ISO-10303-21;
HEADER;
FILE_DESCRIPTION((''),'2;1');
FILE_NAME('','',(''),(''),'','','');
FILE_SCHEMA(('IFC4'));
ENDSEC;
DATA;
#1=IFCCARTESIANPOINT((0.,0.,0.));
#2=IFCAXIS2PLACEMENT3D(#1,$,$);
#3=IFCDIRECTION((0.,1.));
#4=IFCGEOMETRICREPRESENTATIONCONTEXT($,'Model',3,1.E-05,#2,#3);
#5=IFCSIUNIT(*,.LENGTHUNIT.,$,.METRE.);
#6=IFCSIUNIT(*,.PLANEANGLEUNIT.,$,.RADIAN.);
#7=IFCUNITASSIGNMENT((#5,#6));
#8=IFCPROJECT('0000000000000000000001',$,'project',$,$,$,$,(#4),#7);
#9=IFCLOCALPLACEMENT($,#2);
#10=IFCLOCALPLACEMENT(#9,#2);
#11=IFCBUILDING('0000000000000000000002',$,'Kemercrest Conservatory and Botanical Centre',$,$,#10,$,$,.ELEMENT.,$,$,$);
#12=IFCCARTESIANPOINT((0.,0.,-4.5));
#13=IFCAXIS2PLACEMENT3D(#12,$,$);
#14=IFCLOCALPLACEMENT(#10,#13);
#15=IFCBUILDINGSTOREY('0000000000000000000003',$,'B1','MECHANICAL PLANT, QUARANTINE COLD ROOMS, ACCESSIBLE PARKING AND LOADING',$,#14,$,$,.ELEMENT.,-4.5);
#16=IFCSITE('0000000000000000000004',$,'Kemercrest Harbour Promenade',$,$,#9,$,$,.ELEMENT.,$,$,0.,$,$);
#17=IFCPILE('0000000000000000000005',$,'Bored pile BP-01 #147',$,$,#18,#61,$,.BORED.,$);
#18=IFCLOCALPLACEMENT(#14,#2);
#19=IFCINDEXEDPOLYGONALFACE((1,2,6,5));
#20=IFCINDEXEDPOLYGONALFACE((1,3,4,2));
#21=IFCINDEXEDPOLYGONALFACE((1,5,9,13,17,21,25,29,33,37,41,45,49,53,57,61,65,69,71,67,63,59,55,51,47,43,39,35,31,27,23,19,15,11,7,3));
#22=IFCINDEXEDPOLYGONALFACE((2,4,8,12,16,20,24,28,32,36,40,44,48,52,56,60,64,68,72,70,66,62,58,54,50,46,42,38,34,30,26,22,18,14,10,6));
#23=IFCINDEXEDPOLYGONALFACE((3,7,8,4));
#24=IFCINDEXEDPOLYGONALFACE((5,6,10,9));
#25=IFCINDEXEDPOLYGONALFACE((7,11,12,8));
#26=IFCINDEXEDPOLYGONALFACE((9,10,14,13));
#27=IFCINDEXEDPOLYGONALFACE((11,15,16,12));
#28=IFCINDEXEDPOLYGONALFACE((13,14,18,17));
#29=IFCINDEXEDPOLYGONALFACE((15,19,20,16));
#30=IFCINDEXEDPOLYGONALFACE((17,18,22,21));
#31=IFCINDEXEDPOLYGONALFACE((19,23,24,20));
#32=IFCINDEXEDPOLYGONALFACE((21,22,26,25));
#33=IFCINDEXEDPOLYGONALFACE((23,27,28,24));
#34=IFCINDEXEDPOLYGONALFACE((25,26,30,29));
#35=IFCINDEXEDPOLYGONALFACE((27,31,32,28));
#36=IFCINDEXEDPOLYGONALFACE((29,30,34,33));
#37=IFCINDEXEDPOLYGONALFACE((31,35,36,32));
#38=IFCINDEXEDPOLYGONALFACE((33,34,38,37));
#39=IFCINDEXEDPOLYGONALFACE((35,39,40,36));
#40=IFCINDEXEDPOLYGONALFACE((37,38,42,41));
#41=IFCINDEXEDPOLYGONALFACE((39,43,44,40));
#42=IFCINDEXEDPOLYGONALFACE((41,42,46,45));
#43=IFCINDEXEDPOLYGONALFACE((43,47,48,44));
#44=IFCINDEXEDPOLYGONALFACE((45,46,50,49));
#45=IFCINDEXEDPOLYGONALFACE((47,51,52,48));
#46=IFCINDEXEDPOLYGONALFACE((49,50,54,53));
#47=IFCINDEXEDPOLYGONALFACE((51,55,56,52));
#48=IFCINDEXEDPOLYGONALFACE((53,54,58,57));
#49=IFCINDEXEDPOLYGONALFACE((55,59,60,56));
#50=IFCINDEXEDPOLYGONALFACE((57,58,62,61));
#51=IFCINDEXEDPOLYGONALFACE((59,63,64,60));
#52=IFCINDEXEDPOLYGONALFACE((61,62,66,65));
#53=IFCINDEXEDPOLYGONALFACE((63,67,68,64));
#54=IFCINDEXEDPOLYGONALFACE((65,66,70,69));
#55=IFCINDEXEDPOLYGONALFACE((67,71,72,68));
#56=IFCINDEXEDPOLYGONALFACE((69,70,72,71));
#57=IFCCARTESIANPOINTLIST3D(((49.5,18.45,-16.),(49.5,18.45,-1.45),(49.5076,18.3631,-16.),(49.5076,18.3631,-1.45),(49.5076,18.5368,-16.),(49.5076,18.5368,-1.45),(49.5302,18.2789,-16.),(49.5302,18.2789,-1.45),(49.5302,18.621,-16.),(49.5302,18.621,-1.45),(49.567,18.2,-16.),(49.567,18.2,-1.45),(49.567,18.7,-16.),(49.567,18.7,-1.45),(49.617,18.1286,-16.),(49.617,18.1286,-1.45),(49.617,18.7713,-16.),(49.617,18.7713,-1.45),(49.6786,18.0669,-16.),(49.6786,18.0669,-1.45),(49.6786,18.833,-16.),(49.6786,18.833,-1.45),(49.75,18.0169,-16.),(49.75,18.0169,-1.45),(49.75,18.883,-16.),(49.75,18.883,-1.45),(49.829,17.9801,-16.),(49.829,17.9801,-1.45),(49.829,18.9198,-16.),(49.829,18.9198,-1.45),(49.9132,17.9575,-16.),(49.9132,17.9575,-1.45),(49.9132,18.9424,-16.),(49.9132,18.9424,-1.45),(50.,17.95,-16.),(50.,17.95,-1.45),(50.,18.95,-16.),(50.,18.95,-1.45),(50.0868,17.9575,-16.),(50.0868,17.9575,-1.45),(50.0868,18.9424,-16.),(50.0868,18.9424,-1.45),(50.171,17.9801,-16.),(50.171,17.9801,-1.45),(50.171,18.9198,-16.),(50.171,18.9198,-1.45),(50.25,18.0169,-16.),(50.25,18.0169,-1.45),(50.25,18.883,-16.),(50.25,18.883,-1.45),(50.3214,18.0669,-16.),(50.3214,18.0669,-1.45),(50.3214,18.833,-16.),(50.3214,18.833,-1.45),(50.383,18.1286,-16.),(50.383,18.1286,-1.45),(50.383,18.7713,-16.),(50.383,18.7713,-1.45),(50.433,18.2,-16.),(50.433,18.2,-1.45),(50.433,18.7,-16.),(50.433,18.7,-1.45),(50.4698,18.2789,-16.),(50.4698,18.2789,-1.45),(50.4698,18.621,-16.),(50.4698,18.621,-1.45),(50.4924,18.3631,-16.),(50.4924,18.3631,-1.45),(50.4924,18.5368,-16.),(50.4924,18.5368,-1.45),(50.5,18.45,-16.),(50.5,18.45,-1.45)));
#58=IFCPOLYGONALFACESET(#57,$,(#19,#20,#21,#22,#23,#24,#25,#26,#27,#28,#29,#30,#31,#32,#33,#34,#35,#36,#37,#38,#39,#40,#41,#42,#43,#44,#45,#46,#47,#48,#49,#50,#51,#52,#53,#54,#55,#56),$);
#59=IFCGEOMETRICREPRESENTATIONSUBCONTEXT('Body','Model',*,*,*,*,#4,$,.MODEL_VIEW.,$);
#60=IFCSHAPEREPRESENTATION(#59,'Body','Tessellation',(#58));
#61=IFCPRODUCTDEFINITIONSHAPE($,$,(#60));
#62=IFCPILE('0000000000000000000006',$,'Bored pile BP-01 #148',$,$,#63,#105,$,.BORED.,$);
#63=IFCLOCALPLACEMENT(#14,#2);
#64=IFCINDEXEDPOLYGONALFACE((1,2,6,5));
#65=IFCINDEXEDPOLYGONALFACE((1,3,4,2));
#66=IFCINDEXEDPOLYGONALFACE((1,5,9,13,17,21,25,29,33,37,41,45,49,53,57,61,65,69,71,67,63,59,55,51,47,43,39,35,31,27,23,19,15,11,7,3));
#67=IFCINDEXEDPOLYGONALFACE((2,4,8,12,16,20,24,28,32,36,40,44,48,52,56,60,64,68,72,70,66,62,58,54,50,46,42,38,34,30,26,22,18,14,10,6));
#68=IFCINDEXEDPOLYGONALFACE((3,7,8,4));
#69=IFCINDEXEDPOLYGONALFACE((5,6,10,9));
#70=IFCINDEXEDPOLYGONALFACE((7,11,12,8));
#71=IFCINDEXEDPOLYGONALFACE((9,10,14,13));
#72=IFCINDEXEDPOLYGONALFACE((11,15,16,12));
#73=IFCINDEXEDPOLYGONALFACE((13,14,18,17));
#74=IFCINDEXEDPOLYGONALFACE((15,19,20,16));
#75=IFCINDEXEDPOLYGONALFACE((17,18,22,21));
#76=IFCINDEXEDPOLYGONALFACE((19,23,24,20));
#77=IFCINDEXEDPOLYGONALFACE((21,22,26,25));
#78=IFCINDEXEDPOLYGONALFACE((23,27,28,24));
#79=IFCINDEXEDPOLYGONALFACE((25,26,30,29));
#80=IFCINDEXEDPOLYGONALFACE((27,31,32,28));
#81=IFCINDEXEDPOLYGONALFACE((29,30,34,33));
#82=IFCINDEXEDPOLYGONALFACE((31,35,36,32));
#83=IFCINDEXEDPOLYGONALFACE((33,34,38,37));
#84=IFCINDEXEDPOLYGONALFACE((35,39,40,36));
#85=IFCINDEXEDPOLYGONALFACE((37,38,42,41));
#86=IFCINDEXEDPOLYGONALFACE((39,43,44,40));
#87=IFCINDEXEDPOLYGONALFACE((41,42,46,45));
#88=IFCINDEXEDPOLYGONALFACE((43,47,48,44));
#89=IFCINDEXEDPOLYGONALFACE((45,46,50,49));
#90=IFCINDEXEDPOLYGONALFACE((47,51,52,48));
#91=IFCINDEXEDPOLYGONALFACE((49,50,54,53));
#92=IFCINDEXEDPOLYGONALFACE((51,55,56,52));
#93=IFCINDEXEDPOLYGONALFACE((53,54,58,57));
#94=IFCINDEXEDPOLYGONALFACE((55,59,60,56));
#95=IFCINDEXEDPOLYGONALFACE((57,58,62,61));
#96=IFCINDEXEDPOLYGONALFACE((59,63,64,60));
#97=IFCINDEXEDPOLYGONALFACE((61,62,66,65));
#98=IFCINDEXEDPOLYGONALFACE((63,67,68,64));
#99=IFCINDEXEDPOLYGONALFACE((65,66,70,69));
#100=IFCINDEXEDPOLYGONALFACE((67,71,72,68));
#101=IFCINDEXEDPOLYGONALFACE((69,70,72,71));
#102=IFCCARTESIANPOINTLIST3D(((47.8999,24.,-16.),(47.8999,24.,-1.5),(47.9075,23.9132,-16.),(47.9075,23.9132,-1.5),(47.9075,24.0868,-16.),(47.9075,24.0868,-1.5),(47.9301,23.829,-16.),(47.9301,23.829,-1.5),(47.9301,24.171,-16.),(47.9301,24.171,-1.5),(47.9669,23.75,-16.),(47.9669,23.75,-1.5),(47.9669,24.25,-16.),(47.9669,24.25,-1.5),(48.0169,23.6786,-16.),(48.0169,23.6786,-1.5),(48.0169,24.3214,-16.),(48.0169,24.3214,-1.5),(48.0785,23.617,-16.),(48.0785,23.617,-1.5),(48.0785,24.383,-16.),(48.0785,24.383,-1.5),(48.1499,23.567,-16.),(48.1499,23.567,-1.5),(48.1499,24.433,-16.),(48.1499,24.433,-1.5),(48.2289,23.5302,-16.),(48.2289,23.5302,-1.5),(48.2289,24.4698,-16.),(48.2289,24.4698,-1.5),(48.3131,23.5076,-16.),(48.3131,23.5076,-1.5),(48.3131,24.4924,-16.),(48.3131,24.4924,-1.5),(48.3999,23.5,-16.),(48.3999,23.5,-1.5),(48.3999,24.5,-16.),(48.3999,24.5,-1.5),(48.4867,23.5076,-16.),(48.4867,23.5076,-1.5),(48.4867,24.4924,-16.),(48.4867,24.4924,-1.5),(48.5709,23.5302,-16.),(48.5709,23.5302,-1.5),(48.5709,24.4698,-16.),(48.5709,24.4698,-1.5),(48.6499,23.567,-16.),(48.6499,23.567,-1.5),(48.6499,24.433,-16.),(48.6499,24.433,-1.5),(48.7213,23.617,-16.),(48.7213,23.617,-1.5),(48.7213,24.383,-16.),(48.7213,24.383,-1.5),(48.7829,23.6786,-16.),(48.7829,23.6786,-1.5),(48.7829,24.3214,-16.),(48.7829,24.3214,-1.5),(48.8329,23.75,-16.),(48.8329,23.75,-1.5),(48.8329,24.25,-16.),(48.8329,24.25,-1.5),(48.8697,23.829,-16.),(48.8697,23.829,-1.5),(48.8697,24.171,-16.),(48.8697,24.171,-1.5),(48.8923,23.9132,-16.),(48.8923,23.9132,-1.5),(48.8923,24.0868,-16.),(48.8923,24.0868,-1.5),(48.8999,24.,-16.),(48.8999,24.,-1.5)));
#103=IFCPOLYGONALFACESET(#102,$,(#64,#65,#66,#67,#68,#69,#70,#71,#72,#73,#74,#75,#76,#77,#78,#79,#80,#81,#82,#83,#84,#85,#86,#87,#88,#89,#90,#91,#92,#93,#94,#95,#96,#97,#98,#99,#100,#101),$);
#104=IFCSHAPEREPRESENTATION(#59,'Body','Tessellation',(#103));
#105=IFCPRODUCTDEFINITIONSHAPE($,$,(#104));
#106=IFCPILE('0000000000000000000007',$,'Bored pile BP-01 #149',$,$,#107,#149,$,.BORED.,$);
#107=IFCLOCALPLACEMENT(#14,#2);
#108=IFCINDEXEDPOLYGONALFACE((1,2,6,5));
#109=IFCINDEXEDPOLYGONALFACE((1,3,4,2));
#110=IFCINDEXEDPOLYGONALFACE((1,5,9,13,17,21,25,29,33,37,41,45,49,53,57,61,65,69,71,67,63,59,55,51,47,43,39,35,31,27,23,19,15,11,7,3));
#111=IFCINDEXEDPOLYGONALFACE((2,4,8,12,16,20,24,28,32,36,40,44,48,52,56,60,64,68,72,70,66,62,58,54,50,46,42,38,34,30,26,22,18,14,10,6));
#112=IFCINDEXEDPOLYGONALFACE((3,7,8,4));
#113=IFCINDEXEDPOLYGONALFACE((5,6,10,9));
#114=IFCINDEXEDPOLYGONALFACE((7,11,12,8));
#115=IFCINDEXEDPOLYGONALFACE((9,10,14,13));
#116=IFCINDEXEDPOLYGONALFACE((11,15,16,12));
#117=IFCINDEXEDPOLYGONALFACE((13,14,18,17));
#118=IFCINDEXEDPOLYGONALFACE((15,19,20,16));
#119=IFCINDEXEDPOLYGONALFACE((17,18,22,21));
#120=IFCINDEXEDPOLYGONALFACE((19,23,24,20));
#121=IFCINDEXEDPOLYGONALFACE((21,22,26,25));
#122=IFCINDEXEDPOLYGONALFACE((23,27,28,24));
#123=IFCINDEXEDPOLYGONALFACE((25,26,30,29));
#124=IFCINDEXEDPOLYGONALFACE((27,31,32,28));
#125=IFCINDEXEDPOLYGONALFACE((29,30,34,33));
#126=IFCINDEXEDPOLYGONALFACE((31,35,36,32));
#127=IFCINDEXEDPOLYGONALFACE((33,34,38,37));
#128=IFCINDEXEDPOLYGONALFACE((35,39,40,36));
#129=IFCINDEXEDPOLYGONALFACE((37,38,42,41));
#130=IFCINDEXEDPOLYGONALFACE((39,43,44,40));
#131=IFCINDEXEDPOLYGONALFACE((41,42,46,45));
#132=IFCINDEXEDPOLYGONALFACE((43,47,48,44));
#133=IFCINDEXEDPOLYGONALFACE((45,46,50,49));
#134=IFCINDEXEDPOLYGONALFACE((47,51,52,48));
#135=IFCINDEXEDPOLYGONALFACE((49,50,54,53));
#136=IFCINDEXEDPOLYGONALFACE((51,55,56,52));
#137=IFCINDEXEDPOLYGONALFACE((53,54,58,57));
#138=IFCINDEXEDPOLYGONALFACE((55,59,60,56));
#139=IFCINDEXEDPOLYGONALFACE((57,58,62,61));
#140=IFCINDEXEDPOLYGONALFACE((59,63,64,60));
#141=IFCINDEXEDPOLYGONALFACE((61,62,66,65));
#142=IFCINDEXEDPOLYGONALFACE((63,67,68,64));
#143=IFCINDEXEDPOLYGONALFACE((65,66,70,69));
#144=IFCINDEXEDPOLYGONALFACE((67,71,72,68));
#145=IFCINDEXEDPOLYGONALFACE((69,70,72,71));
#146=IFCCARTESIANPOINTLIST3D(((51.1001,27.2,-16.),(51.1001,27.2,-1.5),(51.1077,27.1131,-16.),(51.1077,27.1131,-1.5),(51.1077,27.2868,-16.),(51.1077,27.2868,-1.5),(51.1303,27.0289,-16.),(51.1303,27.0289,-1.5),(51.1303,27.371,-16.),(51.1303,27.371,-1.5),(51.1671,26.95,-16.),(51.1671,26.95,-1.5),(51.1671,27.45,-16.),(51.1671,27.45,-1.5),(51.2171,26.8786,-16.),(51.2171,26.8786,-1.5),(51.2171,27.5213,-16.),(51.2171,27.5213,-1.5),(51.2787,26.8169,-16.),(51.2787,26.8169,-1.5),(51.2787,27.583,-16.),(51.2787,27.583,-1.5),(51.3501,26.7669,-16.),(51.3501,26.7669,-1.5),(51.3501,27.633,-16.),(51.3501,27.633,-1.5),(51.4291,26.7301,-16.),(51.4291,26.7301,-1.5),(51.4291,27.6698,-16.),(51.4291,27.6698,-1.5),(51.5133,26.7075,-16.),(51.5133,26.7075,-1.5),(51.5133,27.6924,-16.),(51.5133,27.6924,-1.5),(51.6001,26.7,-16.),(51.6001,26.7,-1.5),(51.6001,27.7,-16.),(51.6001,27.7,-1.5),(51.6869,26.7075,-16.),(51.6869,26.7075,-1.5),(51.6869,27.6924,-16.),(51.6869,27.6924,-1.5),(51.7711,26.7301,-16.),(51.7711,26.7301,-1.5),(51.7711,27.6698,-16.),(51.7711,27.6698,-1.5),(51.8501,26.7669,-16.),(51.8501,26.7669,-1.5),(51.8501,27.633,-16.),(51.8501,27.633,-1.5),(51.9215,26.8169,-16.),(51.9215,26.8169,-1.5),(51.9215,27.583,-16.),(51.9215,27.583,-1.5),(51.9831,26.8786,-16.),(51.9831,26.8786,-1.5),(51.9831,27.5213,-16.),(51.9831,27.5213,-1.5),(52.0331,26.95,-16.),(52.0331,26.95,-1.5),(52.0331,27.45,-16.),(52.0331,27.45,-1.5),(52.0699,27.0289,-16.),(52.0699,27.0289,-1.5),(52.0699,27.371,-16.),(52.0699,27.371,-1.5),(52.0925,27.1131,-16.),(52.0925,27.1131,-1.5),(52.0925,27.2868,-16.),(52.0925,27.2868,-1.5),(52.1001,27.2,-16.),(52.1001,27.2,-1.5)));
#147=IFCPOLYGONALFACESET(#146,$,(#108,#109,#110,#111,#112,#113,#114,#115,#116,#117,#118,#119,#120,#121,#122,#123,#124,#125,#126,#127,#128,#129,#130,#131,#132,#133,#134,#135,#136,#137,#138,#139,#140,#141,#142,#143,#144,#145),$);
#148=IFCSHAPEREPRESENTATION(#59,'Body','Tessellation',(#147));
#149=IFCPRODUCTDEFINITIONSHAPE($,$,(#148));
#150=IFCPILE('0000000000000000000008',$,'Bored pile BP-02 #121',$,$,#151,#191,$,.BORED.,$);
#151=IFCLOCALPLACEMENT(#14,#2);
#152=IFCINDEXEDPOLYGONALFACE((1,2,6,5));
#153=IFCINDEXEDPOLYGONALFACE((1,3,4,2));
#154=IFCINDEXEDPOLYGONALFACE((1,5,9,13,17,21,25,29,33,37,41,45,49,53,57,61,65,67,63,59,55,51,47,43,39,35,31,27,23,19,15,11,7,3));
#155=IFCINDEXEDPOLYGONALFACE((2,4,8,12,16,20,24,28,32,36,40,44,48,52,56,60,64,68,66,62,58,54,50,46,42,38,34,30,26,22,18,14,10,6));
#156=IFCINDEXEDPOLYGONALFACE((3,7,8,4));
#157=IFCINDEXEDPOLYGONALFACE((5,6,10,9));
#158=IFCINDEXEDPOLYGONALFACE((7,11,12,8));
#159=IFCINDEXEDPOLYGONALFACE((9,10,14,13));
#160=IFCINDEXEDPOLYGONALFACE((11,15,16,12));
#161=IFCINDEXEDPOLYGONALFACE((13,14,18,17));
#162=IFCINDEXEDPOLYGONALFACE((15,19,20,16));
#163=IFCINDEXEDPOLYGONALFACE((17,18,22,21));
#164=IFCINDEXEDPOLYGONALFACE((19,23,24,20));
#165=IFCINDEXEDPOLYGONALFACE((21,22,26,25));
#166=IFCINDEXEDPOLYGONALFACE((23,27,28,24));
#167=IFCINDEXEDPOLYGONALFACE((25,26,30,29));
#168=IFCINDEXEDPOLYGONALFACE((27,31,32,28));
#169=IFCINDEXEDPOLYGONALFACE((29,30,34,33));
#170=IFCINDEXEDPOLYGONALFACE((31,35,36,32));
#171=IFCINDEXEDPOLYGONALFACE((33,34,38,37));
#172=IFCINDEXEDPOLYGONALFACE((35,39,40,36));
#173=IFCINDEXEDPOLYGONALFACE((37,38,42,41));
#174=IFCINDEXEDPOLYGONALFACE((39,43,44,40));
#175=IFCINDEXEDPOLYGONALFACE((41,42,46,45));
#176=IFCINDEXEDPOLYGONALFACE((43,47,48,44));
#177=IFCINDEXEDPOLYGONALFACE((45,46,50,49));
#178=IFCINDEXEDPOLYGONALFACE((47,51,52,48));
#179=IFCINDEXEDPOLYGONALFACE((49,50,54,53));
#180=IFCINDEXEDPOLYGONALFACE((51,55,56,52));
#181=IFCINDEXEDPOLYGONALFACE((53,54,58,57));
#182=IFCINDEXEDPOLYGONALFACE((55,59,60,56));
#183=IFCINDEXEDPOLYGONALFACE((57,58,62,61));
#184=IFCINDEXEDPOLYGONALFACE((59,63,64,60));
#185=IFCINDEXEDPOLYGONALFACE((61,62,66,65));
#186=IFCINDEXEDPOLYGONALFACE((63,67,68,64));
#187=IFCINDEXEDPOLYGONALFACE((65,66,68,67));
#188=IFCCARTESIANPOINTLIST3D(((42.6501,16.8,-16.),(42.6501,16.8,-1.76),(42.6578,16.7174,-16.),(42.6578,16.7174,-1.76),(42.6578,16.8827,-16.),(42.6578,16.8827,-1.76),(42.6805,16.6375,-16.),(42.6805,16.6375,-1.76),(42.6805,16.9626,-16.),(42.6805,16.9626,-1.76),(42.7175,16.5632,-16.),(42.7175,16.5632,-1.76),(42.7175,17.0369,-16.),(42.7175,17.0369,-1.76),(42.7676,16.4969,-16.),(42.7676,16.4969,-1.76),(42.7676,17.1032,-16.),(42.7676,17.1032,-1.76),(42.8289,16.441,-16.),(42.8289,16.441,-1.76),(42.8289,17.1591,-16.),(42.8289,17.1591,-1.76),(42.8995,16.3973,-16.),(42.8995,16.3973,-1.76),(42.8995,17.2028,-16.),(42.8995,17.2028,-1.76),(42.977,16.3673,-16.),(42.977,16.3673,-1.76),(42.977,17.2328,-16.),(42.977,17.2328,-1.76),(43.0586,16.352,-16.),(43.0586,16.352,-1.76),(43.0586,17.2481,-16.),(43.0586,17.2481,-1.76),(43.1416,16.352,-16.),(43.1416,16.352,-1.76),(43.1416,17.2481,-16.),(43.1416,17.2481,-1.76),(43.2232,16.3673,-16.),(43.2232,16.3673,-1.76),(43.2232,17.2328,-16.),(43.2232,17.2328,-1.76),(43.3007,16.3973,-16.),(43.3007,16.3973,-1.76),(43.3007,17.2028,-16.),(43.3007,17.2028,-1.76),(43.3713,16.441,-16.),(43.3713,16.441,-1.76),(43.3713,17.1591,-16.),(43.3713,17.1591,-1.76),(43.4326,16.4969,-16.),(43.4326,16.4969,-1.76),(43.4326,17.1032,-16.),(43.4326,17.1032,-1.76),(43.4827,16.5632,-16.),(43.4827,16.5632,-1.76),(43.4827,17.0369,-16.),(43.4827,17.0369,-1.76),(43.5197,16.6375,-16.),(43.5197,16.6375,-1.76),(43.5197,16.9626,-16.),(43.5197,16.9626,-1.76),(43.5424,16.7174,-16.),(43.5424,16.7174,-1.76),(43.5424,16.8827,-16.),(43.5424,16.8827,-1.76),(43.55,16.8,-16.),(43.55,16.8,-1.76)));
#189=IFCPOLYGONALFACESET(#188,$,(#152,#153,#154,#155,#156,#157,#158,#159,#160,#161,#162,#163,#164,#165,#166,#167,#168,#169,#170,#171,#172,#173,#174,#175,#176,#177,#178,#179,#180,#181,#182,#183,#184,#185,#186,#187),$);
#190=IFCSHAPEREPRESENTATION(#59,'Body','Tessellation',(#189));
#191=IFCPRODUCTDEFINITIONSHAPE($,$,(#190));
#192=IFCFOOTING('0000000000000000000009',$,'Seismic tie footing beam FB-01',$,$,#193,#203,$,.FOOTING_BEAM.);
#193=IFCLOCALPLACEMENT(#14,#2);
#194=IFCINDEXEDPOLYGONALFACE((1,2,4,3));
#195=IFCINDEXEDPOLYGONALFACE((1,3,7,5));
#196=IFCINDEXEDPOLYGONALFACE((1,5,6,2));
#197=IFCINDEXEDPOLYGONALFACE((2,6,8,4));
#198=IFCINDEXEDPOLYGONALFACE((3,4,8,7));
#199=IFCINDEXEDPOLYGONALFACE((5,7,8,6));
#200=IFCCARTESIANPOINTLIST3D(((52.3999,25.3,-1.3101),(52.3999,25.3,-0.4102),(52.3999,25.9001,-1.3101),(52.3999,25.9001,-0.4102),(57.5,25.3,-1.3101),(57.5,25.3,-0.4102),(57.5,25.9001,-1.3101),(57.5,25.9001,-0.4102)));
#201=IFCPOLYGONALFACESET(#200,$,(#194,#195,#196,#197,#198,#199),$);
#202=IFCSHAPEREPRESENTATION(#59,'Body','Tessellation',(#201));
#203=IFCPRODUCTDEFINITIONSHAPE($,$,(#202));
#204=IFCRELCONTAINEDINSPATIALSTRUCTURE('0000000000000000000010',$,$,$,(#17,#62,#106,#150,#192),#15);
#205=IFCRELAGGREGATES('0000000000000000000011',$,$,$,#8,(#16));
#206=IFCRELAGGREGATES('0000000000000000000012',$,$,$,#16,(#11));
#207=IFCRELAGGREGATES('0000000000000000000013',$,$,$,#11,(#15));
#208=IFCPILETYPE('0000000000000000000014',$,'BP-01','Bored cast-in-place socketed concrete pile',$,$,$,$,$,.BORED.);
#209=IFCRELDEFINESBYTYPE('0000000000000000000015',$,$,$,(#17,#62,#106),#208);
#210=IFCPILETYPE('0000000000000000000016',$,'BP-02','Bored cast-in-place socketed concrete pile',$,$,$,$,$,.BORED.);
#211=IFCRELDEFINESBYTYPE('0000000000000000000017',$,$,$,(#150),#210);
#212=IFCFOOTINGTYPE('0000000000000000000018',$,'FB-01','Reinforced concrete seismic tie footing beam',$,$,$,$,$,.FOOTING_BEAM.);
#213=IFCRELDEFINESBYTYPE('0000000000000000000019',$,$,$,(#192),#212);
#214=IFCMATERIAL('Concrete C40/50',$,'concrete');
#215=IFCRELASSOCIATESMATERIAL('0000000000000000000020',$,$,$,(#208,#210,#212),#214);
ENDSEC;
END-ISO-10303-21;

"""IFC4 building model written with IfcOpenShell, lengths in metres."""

from ifc_helpers import new_model, si_unit, direction, frame, origin, origin_2d, place, context, subcontext, project, spatial, rectangle, circle, extrude, material, material_profile, profile_set, type_object, element, save


model = new_model("IFC4")

# Units and contexts
model_context = context("Model", 3, precision=1e-05, world=origin(), true_north=direction((0.0, 1.0)))
body_context = subcontext(model_context, "Body", "Model", "MODEL_VIEW")
ifc_project = project(units=[si_unit("LENGTHUNIT", "METRE"), si_unit("PLANEANGLEUNIT", "RADIAN")], contexts=[model_context])

# Site, building, storey
site_placement = place(None, origin())
site = spatial("IfcSite", under=ifc_project, at=site_placement, Name="Kemercrest Harbour Promenade", CompositionType="ELEMENT", RefElevation=0.0)
building_placement = place(site_placement, origin())
building = spatial("IfcBuilding", under=site, at=building_placement, Name="Kemercrest Conservatory and Botanical Centre", CompositionType="ELEMENT")
storey_placement = place(building_placement, frame((0.0, 0.0, -4.5)))
storey = spatial("IfcBuildingStorey", under=building, at=storey_placement, Name="B1", Description="MECHANICAL PLANT, QUARANTINE COLD ROOMS, ACCESSIBLE PARKING AND LOADING", CompositionType="ELEMENT", Elevation=-4.5)

# Piles
ifc_material_1 = material(Name="Concrete C40/50", Category="concrete")
ifc_material_profile_1 = material_profile(ifc_material_1, circle(Radius=0.5, at=origin_2d()), Name="BORED PILE 1000")
ifc_profile_set_1 = profile_set([ifc_material_profile_1], Name="Concrete C40/50")
pile_type_1 = type_object("IfcPileType", Name="BP-01", Description="Bored cast-in-place socketed concrete pile", PredefinedType="BORED", material=ifc_profile_set_1)
for number, where, z_axis, x_axis, name in (
    (1, (50.0, 18.45, -1.45), (0.0, 0.0, -1.0), (1.0, 0.0, 0.0), "Bored pile BP-01 #147"),
):
    element("IfcPile", number, at=place(storey_placement, frame(where, z_axis=z_axis, x_axis=x_axis)), inside=storey, type_object=pile_type_1, Name=name, PredefinedType="BORED", context=body_context, shape_type="SweptSolid", body=[
        extrude(circle(Radius=0.5, at=origin_2d()), origin(), (0.0, 0.0, 1.0), 14.55),
    ])
for number, where, z_axis, x_axis, name in (
    (2, (48.3999, 24.0, -1.5), (0.0, 0.0, -1.0), (1.0, 0.0, 0.0), "Bored pile BP-01 #148"),
    (3, (51.6001, 27.2, -1.5), (0.0, 0.0, -1.0), (1.0, 0.0, 0.0), "Bored pile BP-01 #149"),
):
    element("IfcPile", number, at=place(storey_placement, frame(where, z_axis=z_axis, x_axis=x_axis)), inside=storey, type_object=pile_type_1, Name=name, PredefinedType="BORED", context=body_context, shape_type="SweptSolid", body=[
        extrude(circle(Radius=0.5, at=origin_2d()), origin(), (0.0, 0.0, 1.0), 14.5),
    ])
ifc_material_profile_2 = material_profile(ifc_material_1, circle(Radius=0.45, at=origin_2d()), Name="BORED PILE 900")
ifc_profile_set_2 = profile_set([ifc_material_profile_2], Name="Concrete C40/50")
pile_type_2 = type_object("IfcPileType", Name="BP-02", Description="Bored cast-in-place socketed concrete pile", PredefinedType="BORED", material=ifc_profile_set_2)
pile_1_placement = place(storey_placement, frame((43.1001, 16.8, -1.76), z_axis=(0.0, 0.0, -1.0), x_axis=(1.0, 0.0, 0.0)))
element("IfcPile", 4, at=pile_1_placement, inside=storey, type_object=pile_type_2, Name="Bored pile BP-02 #121", PredefinedType="BORED", context=body_context, shape_type="SweptSolid", body=[
    extrude(circle(Radius=0.45, at=origin_2d()), origin(), (0.0, 0.0, 1.0), 14.24),
])

# Footing
footing_type_1 = type_object("IfcFootingType", Name="FB-01", Description="Reinforced concrete seismic tie footing beam", PredefinedType="FOOTING_BEAM", material=ifc_material_1)
footing_1_placement = place(storey_placement, frame((54.95, 25.6001, -1.3101), z_axis=(0.0, 0.0, 1.0), x_axis=(1.0, 0.0, 0.0)))
element("IfcFooting", 5, at=footing_1_placement, inside=storey, type_object=footing_type_1, Name="Seismic tie footing beam FB-01", PredefinedType="FOOTING_BEAM", context=body_context, shape_type="SweptSolid", body=[
    extrude(rectangle(XDim=5.1001, YDim=0.6001, at=origin_2d()), origin(), (0.0, 0.0, 1.0), 0.8999),
])

save(model, "model.ifc")
